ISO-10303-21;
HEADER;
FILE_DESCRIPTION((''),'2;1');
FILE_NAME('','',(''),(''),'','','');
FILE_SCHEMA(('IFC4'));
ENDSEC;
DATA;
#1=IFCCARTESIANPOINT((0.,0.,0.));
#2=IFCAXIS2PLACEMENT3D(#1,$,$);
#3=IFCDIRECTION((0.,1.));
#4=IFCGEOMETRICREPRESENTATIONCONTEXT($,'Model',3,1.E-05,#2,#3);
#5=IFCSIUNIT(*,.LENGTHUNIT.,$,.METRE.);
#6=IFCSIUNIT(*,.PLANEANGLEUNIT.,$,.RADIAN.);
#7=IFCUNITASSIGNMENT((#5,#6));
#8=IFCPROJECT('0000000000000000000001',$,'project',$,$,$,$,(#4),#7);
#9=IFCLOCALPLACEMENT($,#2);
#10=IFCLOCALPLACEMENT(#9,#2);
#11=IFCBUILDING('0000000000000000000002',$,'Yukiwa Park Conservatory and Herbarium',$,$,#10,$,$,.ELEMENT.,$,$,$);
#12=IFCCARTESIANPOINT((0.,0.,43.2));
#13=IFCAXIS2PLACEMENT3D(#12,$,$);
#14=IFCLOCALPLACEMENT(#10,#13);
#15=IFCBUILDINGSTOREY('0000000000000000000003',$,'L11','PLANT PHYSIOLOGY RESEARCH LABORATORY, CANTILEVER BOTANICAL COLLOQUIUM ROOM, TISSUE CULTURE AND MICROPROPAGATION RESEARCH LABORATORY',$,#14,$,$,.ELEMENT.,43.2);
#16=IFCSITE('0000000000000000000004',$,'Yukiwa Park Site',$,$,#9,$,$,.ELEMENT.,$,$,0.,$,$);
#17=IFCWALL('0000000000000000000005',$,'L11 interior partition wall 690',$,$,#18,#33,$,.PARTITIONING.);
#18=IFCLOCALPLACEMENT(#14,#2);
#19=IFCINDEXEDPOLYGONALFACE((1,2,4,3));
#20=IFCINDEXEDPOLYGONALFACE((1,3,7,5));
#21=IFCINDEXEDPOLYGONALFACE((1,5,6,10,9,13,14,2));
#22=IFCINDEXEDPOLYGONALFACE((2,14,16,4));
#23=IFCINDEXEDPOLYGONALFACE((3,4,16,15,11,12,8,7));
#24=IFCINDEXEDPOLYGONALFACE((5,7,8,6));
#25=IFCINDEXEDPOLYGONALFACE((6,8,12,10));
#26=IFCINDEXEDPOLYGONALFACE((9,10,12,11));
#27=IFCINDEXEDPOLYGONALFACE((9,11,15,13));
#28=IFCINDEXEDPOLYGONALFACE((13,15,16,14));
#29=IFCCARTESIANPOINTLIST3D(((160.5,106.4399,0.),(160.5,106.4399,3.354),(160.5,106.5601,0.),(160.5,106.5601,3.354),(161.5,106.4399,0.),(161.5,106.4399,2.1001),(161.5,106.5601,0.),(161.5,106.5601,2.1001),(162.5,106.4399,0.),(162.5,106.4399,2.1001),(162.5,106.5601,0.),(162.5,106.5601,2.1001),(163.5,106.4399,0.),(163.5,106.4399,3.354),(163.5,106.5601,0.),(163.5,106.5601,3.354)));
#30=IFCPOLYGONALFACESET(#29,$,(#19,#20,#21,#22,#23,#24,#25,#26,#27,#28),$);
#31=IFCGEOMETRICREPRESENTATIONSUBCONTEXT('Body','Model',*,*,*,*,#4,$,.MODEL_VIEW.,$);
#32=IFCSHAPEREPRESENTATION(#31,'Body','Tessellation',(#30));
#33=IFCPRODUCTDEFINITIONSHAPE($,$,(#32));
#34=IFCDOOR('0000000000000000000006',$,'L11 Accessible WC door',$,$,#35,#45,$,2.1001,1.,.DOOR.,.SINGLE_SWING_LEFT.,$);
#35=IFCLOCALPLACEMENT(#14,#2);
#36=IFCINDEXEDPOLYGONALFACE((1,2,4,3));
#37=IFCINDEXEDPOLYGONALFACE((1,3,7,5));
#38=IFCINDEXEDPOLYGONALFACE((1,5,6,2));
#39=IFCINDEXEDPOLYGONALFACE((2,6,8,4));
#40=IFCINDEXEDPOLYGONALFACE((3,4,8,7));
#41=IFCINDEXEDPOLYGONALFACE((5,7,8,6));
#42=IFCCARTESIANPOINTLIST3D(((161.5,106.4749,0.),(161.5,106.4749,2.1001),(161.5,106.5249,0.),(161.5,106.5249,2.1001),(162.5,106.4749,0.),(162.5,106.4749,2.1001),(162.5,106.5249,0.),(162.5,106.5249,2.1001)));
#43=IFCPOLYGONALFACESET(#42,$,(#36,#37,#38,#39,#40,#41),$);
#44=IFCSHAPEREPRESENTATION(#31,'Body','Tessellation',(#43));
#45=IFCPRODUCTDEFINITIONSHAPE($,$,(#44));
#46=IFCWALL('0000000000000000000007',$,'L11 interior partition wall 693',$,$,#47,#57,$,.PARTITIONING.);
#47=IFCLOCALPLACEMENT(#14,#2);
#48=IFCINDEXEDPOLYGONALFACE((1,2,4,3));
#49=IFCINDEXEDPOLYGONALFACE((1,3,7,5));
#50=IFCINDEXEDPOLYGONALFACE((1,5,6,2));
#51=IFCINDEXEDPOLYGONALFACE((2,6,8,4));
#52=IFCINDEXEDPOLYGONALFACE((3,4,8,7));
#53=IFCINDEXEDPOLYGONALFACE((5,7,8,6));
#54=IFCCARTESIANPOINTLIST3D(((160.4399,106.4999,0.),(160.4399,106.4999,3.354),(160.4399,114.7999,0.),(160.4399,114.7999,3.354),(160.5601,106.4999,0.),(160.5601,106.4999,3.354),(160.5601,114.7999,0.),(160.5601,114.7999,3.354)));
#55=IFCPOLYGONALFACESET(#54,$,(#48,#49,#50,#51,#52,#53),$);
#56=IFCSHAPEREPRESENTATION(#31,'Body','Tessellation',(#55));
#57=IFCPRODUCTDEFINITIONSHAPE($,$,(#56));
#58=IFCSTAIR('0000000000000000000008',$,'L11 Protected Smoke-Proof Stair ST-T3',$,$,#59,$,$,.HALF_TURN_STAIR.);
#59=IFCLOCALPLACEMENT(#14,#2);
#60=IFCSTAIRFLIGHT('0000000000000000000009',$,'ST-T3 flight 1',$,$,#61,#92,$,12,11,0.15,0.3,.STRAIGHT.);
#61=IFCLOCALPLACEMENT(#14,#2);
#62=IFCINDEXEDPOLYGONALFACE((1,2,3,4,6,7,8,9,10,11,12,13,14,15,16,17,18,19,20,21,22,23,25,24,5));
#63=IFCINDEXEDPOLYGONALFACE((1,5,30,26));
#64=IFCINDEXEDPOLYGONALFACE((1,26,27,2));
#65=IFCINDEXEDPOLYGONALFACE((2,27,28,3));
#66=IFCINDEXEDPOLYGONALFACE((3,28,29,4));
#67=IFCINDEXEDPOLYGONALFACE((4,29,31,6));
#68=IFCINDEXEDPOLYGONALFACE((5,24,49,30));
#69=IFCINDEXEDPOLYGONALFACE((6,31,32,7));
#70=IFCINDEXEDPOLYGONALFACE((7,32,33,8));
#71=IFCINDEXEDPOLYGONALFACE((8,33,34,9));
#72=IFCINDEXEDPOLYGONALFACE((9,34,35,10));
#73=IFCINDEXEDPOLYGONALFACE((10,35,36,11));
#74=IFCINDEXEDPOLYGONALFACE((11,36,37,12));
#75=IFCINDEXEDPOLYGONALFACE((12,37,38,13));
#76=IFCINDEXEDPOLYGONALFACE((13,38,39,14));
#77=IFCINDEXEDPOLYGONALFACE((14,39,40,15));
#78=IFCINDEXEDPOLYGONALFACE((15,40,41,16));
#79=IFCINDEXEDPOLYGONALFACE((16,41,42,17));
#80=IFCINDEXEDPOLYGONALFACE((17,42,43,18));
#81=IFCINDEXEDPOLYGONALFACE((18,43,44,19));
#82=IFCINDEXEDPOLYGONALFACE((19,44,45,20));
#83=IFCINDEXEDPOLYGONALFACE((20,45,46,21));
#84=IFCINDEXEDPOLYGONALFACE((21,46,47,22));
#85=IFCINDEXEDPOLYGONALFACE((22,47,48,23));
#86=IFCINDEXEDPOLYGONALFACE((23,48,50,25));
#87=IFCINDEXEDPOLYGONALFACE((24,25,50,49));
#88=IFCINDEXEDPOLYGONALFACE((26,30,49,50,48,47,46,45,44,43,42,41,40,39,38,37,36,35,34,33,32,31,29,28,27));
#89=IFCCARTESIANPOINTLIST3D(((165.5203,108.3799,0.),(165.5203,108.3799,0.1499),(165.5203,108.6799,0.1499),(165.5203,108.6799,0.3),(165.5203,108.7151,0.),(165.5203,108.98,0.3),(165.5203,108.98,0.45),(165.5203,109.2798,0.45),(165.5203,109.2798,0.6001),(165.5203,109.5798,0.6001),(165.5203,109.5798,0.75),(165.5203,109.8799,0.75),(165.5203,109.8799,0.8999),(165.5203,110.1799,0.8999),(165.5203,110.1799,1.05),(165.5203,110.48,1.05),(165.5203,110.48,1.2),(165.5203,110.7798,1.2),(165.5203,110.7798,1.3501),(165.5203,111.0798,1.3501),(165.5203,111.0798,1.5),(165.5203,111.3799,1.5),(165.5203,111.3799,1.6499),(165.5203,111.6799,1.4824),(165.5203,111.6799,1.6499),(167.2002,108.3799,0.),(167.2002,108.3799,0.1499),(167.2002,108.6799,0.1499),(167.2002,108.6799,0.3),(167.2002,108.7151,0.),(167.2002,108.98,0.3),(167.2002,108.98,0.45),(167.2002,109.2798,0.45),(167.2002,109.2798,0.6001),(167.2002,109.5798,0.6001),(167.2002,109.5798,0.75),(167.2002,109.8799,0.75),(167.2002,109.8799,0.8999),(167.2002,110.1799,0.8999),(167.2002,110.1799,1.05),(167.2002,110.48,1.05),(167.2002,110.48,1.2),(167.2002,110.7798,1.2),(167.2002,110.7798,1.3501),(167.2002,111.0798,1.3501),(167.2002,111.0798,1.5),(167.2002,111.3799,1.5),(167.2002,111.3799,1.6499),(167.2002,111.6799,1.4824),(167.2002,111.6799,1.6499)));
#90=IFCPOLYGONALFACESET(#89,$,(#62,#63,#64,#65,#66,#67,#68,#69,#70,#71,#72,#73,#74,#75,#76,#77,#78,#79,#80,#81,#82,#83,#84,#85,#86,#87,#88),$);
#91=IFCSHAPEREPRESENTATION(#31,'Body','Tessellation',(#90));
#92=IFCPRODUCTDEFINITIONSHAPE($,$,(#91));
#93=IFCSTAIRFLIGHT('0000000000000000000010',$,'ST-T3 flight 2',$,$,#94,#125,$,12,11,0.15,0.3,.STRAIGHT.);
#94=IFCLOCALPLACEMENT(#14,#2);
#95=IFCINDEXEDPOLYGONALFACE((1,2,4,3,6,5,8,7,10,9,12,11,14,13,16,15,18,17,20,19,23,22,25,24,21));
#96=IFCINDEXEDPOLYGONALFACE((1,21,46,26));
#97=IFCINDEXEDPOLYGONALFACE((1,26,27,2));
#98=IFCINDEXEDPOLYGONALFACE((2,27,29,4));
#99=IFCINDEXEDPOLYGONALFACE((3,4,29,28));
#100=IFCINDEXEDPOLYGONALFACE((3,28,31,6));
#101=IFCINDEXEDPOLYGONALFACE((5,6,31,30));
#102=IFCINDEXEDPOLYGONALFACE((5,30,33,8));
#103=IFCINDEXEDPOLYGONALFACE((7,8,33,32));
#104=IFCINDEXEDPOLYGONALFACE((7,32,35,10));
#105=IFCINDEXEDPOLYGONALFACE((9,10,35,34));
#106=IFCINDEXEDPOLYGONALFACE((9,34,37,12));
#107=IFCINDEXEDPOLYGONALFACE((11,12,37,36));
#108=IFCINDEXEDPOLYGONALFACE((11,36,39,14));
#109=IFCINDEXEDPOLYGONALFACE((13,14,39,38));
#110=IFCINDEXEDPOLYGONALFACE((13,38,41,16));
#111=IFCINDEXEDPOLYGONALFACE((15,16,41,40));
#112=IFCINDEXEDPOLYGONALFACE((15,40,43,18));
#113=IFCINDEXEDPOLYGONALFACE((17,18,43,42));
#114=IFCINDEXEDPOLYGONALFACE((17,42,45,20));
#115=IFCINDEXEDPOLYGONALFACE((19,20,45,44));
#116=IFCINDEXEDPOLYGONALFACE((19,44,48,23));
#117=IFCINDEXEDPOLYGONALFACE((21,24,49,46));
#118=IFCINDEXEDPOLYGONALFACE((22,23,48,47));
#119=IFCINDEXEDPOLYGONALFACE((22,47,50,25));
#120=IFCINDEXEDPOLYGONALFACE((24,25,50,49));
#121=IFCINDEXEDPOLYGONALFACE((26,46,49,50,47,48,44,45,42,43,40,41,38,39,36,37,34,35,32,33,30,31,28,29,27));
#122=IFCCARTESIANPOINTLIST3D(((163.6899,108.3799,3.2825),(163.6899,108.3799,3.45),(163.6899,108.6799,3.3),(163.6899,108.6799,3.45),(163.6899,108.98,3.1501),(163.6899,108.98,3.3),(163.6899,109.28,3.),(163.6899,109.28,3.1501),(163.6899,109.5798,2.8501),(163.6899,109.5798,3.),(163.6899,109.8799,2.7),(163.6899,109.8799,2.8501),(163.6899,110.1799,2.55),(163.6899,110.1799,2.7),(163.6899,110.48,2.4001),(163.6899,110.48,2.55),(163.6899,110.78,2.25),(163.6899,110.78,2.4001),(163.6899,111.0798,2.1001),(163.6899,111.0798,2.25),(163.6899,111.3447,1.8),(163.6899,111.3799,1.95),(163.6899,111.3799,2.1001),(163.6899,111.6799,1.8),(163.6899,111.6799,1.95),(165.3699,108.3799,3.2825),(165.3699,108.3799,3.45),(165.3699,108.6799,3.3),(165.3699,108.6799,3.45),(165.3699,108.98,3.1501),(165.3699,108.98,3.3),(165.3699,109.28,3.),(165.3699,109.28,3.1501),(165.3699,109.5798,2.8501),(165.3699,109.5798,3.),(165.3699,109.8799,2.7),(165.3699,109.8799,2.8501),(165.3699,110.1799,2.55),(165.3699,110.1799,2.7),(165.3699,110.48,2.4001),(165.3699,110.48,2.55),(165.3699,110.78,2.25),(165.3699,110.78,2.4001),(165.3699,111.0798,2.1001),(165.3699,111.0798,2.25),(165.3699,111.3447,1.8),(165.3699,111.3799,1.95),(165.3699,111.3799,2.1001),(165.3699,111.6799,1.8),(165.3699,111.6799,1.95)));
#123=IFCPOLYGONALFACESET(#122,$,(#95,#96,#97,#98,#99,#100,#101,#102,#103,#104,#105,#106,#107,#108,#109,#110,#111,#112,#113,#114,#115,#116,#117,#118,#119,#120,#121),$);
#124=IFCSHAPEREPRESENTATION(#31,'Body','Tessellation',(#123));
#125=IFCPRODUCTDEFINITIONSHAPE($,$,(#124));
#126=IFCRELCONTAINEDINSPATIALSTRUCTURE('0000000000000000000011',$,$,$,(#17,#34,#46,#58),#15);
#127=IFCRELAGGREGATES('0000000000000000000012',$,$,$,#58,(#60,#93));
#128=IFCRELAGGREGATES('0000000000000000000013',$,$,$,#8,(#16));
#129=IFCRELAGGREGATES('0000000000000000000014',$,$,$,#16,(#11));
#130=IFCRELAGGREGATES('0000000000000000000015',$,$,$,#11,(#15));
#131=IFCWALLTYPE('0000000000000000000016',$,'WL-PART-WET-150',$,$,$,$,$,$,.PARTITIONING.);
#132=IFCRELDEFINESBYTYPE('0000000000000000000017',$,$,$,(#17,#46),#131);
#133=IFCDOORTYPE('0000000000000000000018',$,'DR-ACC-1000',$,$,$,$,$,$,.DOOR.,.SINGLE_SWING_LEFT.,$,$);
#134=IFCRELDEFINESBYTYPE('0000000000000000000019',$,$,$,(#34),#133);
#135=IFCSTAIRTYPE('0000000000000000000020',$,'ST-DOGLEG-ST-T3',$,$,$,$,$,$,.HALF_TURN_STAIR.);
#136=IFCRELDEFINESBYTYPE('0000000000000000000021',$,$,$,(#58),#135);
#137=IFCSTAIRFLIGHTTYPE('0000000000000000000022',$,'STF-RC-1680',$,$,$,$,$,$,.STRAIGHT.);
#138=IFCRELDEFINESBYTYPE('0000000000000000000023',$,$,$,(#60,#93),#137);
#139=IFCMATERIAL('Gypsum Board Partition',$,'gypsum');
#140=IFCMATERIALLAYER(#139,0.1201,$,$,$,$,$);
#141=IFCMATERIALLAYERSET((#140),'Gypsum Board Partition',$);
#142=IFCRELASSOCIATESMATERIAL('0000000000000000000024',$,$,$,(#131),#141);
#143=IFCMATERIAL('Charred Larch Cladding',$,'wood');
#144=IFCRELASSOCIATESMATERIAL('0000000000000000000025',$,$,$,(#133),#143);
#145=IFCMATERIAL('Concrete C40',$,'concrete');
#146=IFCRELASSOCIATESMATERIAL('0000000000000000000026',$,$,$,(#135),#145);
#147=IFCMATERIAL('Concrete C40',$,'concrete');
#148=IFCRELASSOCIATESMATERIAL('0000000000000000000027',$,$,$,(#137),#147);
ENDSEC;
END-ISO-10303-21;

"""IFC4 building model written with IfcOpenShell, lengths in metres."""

from ifc_helpers import new_model, si_unit, direction, frame, frame_2d, origin, place, context, subcontext, project, spatial, polyline, rectangle, outline, extrude, material, layer, layer_set, type_object, element, fill, aggregate, save


model = new_model("IFC4")

# Units and contexts
model_context = context("Model", 3, precision=1e-05, world=origin(), true_north=direction((0.0, 1.0)))
body_context = subcontext(model_context, "Body", "Model", "MODEL_VIEW")
ifc_project = project(units=[si_unit("LENGTHUNIT", "METRE"), si_unit("PLANEANGLEUNIT", "RADIAN")], contexts=[model_context])

# Site, building, storey
site_placement = place(None, origin())
site = spatial("IfcSite", under=ifc_project, at=site_placement, Name="Yukiwa Park Site", CompositionType="ELEMENT", RefElevation=0.0)
building_placement = place(site_placement, origin())
building = spatial("IfcBuilding", under=site, at=building_placement, Name="Yukiwa Park Conservatory and Herbarium", CompositionType="ELEMENT")
storey_placement = place(building_placement, frame((0.0, 0.0, 43.2)))
storey = spatial("IfcBuildingStorey", under=building, at=storey_placement, Name="L11", Description="PLANT PHYSIOLOGY RESEARCH LABORATORY, CANTILEVER BOTANICAL COLLOQUIUM ROOM, TISSUE CULTURE AND MICROPROPAGATION RESEARCH LABORATORY", CompositionType="ELEMENT", Elevation=43.2)

# Wall, opening, door
ifc_material_1 = material(Name="Gypsum Board Partition", Category="gypsum")
ifc_layer_1 = layer(ifc_material_1, 0.1201)
ifc_layer_set_1 = layer_set([ifc_layer_1], Name="Gypsum Board Partition")
wall_type_1 = type_object("IfcWallType", Name="WL-PART-WET-150", PredefinedType="PARTITIONING", material=ifc_layer_set_1)
wall_1_placement = place(storey_placement, frame((160.5, 106.5, 0.0), z_axis=(0.0, 0.0, 1.0), x_axis=(1.0, 0.0, 0.0)))
wall_1 = element("IfcWall", 1, at=wall_1_placement, inside=storey, type_object=wall_type_1, Name="L11 interior partition wall 690", PredefinedType="PARTITIONING", context=body_context, shape_type="SweptSolid", body=[
    extrude(rectangle(XDim=3.0, YDim=0.1201, at=frame_2d((1.5, 0.0))), origin(), (0.0, 0.0, 1.0), 3.354),
])
opening_1_placement = place(wall_1_placement, frame((1.0, 0.0, 0.0)))
opening_1 = element("IfcOpeningElement", 2, at=opening_1_placement, cuts=wall_1, PredefinedType="OPENING", context=body_context, shape_type="SweptSolid", body=[
    extrude(rectangle(XDim=1.0, YDim=2.1001, at=frame_2d((0.5, 1.05))), frame((0.0, 0.0701, 0.0), z_axis=(0.0, -1.0, 0.0), x_axis=(1.0, 0.0, 0.0)), (0.0, 0.0, 1.0), 0.1401),
])
ifc_material_2 = material(Name="Charred Larch Cladding", Category="wood")
door_type_1 = type_object("IfcDoorType", Name="DR-ACC-1000", OperationType="SINGLE_SWING_LEFT", PredefinedType="DOOR", material=ifc_material_2)
door_1_placement = place(opening_1_placement, origin())
door_1 = element("IfcDoor", 3, at=door_1_placement, inside=storey, type_object=door_type_1, Name="L11 Accessible WC door", OperationType="SINGLE_SWING_LEFT", OverallHeight=2.1001, OverallWidth=1.0, PredefinedType="DOOR", context=body_context, shape_type="SweptSolid", body=[
    extrude(rectangle(XDim=1.0, YDim=2.1001, at=frame_2d((0.5, 1.05))), frame((0.0, 0.0249, 0.0), z_axis=(0.0, -1.0, 0.0), x_axis=(1.0, 0.0, 0.0)), (0.0, 0.0, 1.0), 0.05),
])
fill(opening_1, door_1)

# Wall
wall_2_placement = place(storey_placement, frame((160.5, 106.5, 0.0), z_axis=(0.0, 0.0, 1.0), x_axis=(0.0, 1.0, 0.0)))
element("IfcWall", 4, at=wall_2_placement, inside=storey, type_object=wall_type_1, Name="L11 interior partition wall 693", PredefinedType="PARTITIONING", context=body_context, shape_type="SweptSolid", body=[
    extrude(rectangle(XDim=8.3, YDim=0.1201, at=frame_2d((4.1499, 0.0))), origin(), (0.0, 0.0, 1.0), 3.354),
])

# Stair, stair flights
ifc_material_3 = material(Name="Concrete C40", Category="concrete")
stair_type = type_object("IfcStairType", Name="ST-DOGLEG-ST-T3", PredefinedType="HALF_TURN_STAIR", material=ifc_material_3)
stair_placement = place(storey_placement, origin())
stair = element("IfcStair", 5, at=stair_placement, inside=storey, type_object=stair_type, Name="L11 Protected Smoke-Proof Stair ST-T3", PredefinedType="HALF_TURN_STAIR")
ifc_material_4 = material(Name="Concrete C40", Category="concrete")
stair_flight_type = type_object("IfcStairFlightType", Name="STF-RC-1680", PredefinedType="STRAIGHT", material=ifc_material_4)
stair_flight_1_placement = place(storey_placement, frame((166.3601, 108.3799, 0.0), z_axis=(0.0, 0.0, 1.0), x_axis=(0.0, 1.0, 0.0)))
stair_flight_1 = element("IfcStairFlight", 6, at=stair_flight_1_placement, type_object=stair_flight_type, Name="ST-T3 flight 1", NumberOfRisers=12, NumberOfTreads=11, PredefinedType="STRAIGHT", RiserHeight=0.15, TreadLength=0.3, context=body_context, shape_type="SweptSolid", body=[
    extrude(outline(polyline([(0.0, 0.0), (0.0, 0.1499), (0.3, 0.1499), (0.3, 0.3), (0.6001, 0.3), (0.6001, 0.45), (0.8999, 0.45), (0.8999, 0.6001), (1.2, 0.6001), (1.2, 0.75), (1.5, 0.75), (1.5, 0.8999), (1.8, 0.8999), (1.8, 1.05), (2.1001, 1.05), (2.1001, 1.2), (2.3999, 1.2), (2.3999, 1.3501), (2.7, 1.3501), (2.7, 1.5), (3.0, 1.5), (3.0, 1.6499), (3.3, 1.6499), (3.3, 1.8), (3.3, 1.4824), (0.3352, 0.0), (0.0, 0.0)])), frame((0.0, 0.8398, 0.0), z_axis=(0.0, -1.0, 0.0), x_axis=(1.0, 0.0, 0.0)), (0.0, 0.0, 1.0), 1.6799),
])
stair_flight_2_placement = place(storey_placement, frame((164.53, 111.6799, 1.8), z_axis=(0.0, 0.0, 1.0), x_axis=(0.0, -1.0, 0.0)))
stair_flight_2 = element("IfcStairFlight", 7, at=stair_flight_2_placement, type_object=stair_flight_type, Name="ST-T3 flight 2", NumberOfRisers=12, NumberOfTreads=11, PredefinedType="STRAIGHT", RiserHeight=0.15, TreadLength=0.3, context=body_context, shape_type="SweptSolid", body=[
    extrude(outline(polyline([(0.0, 0.0), (0.0, 0.1499), (0.3, 0.1499), (0.3, 0.3), (0.6001, 0.3), (0.6001, 0.45), (0.8999, 0.45), (0.8999, 0.6001), (1.2, 0.6001), (1.2, 0.75), (1.5, 0.75), (1.5, 0.8999), (1.8, 0.8999), (1.8, 1.05), (2.1001, 1.05), (2.1001, 1.2), (2.3999, 1.2), (2.3999, 1.3501), (2.7, 1.3501), (2.7, 1.5), (3.0, 1.5), (3.0, 1.6499), (3.3, 1.6499), (3.3, 1.8), (3.3, 1.4824), (0.3352, 0.0), (0.0, 0.0)])), frame((0.0, 0.8398, 0.0), z_axis=(0.0, -1.0, 0.0), x_axis=(1.0, 0.0, 0.0)), (0.0, 0.0, 1.0), 1.6799),
])
aggregate(stair, [stair_flight_1, stair_flight_2])

save(model, "model.ifc")
